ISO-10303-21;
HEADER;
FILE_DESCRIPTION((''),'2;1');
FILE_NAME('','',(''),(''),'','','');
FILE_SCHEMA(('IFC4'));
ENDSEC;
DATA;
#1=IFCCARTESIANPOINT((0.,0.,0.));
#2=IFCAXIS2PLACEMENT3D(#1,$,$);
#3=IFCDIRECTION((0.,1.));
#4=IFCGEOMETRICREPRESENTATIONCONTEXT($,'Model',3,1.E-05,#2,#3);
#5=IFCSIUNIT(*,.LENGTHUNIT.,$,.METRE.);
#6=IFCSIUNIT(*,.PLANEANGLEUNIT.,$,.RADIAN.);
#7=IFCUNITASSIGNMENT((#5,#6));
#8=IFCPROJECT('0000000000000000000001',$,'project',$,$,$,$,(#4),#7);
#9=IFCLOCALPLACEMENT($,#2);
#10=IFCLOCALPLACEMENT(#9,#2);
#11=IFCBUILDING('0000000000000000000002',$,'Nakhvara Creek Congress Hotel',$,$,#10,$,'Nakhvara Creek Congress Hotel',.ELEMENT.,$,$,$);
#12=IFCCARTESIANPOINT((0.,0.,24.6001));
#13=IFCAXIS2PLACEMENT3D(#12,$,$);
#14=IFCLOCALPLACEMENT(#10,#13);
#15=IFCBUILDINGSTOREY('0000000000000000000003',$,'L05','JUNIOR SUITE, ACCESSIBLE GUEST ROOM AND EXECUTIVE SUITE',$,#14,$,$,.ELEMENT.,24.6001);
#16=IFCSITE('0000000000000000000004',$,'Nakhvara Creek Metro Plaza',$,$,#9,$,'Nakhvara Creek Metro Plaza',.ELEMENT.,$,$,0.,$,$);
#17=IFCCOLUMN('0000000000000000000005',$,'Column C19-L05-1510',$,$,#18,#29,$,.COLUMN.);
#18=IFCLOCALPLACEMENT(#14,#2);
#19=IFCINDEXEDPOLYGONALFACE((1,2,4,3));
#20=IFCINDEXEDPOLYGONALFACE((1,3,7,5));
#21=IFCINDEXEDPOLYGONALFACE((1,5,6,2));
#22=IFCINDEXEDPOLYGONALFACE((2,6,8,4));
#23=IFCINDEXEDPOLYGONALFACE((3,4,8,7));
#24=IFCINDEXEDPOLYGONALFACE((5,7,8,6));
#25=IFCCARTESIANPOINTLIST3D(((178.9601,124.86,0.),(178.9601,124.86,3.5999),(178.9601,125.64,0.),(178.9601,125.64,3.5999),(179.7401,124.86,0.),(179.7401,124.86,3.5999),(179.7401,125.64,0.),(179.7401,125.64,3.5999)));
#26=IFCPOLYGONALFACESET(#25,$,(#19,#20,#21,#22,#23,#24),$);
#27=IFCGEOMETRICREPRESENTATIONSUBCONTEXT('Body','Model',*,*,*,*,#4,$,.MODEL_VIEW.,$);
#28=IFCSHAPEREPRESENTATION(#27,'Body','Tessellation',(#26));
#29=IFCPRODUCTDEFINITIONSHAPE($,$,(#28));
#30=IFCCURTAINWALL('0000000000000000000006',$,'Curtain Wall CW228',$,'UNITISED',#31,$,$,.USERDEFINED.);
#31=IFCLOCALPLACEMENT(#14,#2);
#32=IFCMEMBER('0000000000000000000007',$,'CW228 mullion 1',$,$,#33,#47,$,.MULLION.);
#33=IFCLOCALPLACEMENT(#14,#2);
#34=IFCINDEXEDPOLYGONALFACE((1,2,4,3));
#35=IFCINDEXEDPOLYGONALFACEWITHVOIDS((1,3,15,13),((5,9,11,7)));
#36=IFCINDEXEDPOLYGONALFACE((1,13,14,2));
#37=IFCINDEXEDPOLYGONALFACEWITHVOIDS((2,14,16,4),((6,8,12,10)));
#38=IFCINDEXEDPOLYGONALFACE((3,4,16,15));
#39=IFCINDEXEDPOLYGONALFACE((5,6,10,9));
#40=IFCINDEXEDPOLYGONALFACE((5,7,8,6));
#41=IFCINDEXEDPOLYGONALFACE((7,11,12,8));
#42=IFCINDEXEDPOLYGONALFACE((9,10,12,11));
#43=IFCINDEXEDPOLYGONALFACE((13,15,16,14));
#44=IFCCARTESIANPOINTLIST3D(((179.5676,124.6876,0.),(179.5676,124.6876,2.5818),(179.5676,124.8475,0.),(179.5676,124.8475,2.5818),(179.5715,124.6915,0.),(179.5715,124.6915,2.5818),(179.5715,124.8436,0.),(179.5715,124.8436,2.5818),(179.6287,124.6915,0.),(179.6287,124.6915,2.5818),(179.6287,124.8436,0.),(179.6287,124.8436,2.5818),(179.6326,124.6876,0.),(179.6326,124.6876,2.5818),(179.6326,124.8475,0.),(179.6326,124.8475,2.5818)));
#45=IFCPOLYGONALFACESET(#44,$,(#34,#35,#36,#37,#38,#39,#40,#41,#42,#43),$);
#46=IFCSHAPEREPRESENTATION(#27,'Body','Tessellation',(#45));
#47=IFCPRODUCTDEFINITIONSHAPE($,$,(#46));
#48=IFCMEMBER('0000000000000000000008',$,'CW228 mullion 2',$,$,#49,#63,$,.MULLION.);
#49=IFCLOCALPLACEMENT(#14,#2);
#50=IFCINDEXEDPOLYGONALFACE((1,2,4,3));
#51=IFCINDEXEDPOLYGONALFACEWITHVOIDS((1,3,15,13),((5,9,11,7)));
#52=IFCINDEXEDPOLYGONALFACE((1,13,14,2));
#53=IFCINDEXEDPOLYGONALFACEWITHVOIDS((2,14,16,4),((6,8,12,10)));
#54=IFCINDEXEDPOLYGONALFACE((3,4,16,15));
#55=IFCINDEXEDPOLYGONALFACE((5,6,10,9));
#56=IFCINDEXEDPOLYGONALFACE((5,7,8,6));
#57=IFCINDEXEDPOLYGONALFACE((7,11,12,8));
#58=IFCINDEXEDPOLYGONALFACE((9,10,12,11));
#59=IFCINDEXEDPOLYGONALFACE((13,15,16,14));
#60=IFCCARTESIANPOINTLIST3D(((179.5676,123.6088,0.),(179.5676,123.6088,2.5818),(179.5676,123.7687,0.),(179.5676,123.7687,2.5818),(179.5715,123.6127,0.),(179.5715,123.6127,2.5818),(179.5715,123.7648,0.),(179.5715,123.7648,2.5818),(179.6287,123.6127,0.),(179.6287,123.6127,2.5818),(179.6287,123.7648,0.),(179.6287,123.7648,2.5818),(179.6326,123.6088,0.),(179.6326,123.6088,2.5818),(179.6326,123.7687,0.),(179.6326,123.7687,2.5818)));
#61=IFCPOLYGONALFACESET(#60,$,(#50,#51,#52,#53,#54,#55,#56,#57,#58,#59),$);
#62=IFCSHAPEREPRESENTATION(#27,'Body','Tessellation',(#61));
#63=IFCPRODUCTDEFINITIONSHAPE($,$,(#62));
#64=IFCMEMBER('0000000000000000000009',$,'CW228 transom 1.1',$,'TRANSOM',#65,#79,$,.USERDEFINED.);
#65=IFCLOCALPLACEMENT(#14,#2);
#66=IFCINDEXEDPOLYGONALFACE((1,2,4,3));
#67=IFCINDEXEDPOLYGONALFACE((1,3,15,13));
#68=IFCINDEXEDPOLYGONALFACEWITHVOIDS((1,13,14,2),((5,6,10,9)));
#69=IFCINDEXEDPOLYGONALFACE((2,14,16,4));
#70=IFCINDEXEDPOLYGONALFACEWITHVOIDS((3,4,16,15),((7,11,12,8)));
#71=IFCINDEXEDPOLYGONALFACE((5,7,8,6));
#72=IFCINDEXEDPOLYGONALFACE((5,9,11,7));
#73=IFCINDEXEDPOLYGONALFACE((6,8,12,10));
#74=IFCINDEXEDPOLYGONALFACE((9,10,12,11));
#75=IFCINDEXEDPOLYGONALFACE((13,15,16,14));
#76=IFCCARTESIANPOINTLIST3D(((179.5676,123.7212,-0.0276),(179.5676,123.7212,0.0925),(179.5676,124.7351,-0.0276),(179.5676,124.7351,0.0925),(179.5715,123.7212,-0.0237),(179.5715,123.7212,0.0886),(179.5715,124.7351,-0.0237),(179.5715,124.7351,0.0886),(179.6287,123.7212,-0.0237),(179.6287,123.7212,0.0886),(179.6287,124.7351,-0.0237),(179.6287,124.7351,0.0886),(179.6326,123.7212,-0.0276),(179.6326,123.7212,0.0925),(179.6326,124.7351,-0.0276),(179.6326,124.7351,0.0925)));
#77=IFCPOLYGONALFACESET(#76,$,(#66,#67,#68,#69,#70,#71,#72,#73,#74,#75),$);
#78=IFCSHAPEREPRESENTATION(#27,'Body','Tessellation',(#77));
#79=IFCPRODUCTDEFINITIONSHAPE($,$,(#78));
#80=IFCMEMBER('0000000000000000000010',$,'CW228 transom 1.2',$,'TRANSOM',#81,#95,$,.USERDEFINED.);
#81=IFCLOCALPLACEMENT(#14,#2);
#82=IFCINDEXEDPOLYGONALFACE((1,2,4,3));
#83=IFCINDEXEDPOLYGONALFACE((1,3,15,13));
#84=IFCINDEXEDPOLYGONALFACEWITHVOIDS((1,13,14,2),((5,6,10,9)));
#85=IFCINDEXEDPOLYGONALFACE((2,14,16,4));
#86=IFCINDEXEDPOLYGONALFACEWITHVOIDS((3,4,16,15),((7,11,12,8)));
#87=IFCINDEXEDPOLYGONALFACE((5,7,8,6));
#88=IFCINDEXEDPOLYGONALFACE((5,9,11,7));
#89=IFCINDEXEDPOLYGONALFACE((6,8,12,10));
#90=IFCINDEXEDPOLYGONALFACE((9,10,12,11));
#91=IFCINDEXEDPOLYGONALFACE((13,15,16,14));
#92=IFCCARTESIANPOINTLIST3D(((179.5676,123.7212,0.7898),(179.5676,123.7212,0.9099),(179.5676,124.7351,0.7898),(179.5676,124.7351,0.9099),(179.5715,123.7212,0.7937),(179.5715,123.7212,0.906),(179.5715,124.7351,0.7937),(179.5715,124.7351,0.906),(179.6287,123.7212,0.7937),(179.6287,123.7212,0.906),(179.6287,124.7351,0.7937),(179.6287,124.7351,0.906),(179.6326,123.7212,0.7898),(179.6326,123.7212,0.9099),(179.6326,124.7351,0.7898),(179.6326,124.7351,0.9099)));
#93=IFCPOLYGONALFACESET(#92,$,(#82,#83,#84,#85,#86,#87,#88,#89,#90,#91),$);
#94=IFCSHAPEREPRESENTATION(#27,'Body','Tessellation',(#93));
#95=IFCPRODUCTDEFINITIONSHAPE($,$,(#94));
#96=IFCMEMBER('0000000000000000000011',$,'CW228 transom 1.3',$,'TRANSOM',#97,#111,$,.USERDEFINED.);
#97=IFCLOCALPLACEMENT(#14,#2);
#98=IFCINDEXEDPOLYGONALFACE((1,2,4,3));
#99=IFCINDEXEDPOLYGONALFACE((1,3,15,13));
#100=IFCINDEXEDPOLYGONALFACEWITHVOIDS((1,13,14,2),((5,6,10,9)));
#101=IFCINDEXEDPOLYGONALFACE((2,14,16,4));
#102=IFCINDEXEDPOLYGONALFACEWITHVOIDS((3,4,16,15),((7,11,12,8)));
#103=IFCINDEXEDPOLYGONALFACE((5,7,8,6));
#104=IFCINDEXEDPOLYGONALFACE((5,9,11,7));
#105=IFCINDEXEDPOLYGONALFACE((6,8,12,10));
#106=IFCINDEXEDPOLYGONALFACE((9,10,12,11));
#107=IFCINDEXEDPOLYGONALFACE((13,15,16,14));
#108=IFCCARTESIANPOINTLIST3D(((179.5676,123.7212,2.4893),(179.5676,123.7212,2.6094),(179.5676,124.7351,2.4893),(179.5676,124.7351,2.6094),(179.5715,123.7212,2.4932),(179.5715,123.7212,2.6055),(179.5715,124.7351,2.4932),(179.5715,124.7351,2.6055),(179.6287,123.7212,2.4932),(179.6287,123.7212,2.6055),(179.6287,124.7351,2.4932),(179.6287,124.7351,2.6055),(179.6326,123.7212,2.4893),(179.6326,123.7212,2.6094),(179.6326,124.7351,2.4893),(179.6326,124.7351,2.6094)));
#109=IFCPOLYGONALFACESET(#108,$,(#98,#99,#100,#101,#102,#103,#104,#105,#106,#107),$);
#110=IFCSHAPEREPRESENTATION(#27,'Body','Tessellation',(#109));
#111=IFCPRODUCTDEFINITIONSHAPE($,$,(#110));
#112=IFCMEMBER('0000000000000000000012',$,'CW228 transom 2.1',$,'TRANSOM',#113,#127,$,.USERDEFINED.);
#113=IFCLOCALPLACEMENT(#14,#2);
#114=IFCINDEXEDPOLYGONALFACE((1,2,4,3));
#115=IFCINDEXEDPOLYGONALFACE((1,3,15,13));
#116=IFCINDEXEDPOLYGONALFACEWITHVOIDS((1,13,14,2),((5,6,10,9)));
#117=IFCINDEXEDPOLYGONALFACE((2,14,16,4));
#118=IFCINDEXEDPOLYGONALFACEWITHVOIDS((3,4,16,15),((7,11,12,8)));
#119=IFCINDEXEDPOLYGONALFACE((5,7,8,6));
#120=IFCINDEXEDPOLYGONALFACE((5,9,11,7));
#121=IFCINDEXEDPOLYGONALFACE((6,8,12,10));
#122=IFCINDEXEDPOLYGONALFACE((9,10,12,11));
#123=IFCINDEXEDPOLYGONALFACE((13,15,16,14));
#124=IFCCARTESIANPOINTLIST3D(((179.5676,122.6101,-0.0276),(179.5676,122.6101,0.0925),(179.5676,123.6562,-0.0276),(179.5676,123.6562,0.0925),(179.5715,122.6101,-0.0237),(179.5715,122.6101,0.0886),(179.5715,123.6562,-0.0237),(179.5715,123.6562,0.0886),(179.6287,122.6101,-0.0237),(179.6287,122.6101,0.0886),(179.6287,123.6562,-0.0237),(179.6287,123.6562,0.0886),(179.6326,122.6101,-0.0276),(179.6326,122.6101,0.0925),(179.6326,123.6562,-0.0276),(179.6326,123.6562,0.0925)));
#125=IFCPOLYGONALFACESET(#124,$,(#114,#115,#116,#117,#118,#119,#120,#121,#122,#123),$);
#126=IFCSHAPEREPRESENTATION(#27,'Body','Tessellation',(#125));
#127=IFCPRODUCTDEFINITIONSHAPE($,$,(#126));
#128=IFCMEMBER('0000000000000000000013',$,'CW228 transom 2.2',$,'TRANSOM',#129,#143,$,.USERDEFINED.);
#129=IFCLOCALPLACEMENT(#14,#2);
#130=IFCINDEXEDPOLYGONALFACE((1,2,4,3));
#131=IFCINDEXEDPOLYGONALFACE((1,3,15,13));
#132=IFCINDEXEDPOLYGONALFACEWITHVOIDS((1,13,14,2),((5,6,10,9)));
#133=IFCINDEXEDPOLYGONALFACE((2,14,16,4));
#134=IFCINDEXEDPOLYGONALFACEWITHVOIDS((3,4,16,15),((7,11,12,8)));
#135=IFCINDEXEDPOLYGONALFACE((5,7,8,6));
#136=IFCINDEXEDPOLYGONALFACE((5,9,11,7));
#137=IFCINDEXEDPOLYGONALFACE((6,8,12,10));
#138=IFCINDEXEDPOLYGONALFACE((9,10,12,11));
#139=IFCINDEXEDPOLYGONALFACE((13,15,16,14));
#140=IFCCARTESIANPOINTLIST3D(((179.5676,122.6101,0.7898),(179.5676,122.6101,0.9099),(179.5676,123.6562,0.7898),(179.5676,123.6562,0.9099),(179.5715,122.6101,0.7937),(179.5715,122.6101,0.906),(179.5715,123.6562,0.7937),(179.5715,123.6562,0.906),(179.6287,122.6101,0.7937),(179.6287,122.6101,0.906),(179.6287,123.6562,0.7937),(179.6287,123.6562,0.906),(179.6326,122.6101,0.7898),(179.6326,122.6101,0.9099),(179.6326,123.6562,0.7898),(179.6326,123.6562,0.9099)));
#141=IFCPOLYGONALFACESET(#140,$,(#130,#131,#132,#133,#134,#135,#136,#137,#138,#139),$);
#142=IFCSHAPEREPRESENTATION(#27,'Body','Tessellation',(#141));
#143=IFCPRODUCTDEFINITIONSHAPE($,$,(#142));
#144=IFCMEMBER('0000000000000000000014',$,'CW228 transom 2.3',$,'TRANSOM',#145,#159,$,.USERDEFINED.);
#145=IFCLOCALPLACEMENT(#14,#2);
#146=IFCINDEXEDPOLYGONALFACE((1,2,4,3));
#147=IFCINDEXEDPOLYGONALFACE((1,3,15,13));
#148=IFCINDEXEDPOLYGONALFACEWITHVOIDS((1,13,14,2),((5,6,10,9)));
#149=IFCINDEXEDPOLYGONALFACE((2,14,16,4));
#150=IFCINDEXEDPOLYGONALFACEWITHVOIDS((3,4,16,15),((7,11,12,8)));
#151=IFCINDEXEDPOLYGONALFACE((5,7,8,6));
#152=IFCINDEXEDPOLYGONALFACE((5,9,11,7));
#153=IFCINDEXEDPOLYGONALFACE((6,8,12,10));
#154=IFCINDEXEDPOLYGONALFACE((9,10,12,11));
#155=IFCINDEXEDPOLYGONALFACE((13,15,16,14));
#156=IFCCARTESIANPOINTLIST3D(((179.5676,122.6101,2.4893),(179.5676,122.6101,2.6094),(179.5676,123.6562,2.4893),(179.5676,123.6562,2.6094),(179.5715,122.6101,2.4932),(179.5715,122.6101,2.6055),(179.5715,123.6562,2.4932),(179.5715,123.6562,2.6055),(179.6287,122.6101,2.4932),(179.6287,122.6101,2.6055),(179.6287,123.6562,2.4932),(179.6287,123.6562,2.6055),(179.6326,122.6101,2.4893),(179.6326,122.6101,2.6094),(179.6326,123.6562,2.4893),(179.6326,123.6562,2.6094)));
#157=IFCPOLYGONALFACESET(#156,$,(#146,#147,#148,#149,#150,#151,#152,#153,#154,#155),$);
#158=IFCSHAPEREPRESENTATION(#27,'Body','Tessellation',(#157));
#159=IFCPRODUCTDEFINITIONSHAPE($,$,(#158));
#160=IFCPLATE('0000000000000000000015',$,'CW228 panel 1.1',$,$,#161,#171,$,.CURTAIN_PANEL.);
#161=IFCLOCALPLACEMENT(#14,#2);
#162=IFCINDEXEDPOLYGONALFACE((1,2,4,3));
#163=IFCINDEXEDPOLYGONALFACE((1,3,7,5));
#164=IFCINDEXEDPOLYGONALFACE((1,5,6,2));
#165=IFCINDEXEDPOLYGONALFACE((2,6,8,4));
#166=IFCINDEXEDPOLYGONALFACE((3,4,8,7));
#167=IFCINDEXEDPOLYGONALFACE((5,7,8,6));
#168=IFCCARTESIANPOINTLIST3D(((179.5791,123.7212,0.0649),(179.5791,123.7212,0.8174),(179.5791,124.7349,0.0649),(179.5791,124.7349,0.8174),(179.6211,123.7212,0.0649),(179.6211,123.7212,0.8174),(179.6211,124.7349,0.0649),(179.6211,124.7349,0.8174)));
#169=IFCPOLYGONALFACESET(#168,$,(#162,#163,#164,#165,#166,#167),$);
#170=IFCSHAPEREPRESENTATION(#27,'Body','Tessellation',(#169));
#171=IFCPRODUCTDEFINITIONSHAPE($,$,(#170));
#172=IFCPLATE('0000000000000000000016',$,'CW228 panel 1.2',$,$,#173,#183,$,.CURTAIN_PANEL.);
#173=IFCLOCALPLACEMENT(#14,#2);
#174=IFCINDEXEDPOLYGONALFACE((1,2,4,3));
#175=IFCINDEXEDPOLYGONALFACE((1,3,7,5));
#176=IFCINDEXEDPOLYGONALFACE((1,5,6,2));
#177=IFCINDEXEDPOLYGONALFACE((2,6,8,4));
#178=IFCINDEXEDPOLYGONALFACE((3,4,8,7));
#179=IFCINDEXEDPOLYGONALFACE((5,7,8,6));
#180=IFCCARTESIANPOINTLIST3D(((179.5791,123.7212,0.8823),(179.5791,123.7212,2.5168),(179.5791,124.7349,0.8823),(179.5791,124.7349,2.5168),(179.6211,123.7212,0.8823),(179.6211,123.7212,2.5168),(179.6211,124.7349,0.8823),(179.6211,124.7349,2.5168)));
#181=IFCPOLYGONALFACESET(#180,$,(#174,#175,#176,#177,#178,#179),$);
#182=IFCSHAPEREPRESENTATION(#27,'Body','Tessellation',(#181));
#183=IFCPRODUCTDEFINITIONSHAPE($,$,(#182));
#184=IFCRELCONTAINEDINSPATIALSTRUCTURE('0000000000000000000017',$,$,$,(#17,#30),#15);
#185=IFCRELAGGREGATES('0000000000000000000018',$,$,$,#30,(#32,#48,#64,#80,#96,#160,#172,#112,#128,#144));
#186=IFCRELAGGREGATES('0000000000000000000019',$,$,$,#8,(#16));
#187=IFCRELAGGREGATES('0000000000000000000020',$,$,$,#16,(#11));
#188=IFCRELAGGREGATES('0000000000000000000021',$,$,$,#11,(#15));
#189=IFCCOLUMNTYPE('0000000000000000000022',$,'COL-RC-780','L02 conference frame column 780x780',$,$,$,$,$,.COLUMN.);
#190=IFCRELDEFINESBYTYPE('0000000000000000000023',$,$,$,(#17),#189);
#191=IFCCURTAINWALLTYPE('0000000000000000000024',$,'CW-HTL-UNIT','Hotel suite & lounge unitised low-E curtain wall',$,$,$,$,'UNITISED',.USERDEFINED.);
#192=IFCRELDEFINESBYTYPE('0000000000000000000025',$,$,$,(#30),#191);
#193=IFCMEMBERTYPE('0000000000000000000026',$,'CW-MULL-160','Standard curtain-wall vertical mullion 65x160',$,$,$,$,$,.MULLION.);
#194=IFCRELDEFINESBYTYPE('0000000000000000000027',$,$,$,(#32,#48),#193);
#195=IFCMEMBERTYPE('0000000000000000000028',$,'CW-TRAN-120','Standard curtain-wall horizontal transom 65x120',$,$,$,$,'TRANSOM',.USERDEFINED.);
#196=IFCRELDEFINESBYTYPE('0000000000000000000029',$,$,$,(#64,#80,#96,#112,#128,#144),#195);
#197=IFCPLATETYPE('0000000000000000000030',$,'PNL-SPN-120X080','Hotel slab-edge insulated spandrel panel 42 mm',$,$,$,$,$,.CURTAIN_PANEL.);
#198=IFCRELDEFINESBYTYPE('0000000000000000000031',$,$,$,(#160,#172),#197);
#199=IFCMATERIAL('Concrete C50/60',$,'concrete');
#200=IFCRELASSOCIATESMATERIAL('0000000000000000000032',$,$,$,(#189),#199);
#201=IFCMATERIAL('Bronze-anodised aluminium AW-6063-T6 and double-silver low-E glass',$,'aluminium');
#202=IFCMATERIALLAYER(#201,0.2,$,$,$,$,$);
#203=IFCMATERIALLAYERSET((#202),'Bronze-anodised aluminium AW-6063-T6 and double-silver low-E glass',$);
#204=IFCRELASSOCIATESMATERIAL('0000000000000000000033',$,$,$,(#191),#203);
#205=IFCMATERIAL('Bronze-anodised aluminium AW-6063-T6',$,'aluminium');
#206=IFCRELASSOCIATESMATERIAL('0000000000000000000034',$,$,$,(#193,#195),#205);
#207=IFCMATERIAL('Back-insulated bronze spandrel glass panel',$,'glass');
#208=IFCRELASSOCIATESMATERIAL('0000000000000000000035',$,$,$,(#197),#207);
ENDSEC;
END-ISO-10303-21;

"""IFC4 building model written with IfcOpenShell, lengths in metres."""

from ifc_helpers import new_model, si_unit, direction, frame, origin, origin_2d, place, context, subcontext, project, spatial, rectangle, hollow_rectangle, extrude, material, layer, layer_set, material_profile, profile_set, type_object, element, aggregate, save


model = new_model("IFC4")

# Units and contexts
model_context = context("Model", 3, precision=1e-05, world=origin(), true_north=direction((0.0, 1.0)))
body_context = subcontext(model_context, "Body", "Model", "MODEL_VIEW")
ifc_project = project(units=[si_unit("LENGTHUNIT", "METRE"), si_unit("PLANEANGLEUNIT", "RADIAN")], contexts=[model_context])

# Site, building, storey
site_placement = place(None, origin())
site = spatial("IfcSite", under=ifc_project, at=site_placement, Name="Nakhvara Creek Metro Plaza", LongName="Nakhvara Creek Metro Plaza", CompositionType="ELEMENT", RefElevation=0.0)
building_placement = place(site_placement, origin())
building = spatial("IfcBuilding", under=site, at=building_placement, Name="Nakhvara Creek Congress Hotel", LongName="Nakhvara Creek Congress Hotel", CompositionType="ELEMENT")
storey_placement = place(building_placement, frame((0.0, 0.0, 24.6001)))
storey = spatial("IfcBuildingStorey", under=building, at=storey_placement, Name="L05", Description="JUNIOR SUITE, ACCESSIBLE GUEST ROOM AND EXECUTIVE SUITE", CompositionType="ELEMENT", Elevation=24.6001)

# Column
ifc_material_1 = material(Name="Concrete C50/60", Category="concrete")
ifc_material_profile_1 = material_profile(ifc_material_1, rectangle(XDim=0.78, YDim=0.78, at=origin_2d()), Name="RC-COL 780x780", Category="LoadBearing")
ifc_profile_set_1 = profile_set([ifc_material_profile_1], Name="Concrete C50/60")
column_type = type_object("IfcColumnType", Name="COL-RC-780", Description="L02 conference frame column 780x780", PredefinedType="COLUMN", material=ifc_profile_set_1)
column_placement = place(storey_placement, frame((179.3501, 125.25, 0.0), z_axis=(0.0, 0.0, 1.0), x_axis=(1.0, 0.0, 0.0)))
element("IfcColumn", 1, at=column_placement, inside=storey, type_object=column_type, Name="Column C19-L05-1510", PredefinedType="COLUMN", context=body_context, shape_type="SweptSolid", body=[
    extrude(rectangle(XDim=0.78, YDim=0.78, at=origin_2d()), origin(), (0.0, 0.0, 1.0), 3.5999),
])

# Curtain wall, members, plates
ifc_material_2 = material(Name="Bronze-anodised aluminium AW-6063-T6 and double-silver low-E glass", Category="aluminium")
ifc_layer_1 = layer(ifc_material_2, 0.2)
ifc_layer_set_1 = layer_set([ifc_layer_1], Name="Bronze-anodised aluminium AW-6063-T6 and double-silver low-E glass")
curtain_wall_type = type_object("IfcCurtainWallType", Name="CW-HTL-UNIT", Description="Hotel suite & lounge unitised low-E curtain wall", ElementType="UNITISED", PredefinedType="USERDEFINED", material=ifc_layer_set_1)
curtain_wall_placement = place(storey_placement, origin())
curtain_wall = element("IfcCurtainWall", 2, at=curtain_wall_placement, inside=storey, type_object=curtain_wall_type, Name="Curtain Wall CW228", ObjectType="UNITISED", PredefinedType="USERDEFINED")
ifc_material_3 = material(Name="Bronze-anodised aluminium AW-6063-T6", Category="aluminium")
ifc_material_profile_2 = material_profile(ifc_material_3, hollow_rectangle(XDim=0.0649, YDim=0.1599, WallThickness=0.0039, at=origin_2d()), Name="ALU-MULL 65x160x4", Category="LoadBearing")
ifc_profile_set_2 = profile_set([ifc_material_profile_2], Name="Bronze-anodised aluminium AW-6063-T6")
member_type_1 = type_object("IfcMemberType", Name="CW-MULL-160", Description="Standard curtain-wall vertical mullion 65x160", PredefinedType="MULLION", material=ifc_profile_set_2)
member_1_placement = place(storey_placement, frame((179.6001, 124.7676, 0.0), z_axis=(0.0, 0.0, 1.0), x_axis=(1.0, 0.0, 0.0)))
member_1 = element("IfcMember", 3, at=member_1_placement, type_object=member_type_1, Name="CW228 mullion 1", PredefinedType="MULLION", context=body_context, shape_type="SweptSolid", body=[
    extrude(hollow_rectangle(XDim=0.0649, YDim=0.1599, WallThickness=0.0039, at=origin_2d()), origin(), (0.0, 0.0, 1.0), 2.5818),
])
member_2_placement = place(storey_placement, frame((179.6001, 123.6887, 0.0), z_axis=(0.0, 0.0, 1.0), x_axis=(1.0, 0.0, 0.0)))
member_2 = element("IfcMember", 4, at=member_2_placement, type_object=member_type_1, Name="CW228 mullion 2", PredefinedType="MULLION", context=body_context, shape_type="SweptSolid", body=[
    extrude(hollow_rectangle(XDim=0.0649, YDim=0.1599, WallThickness=0.0039, at=origin_2d()), origin(), (0.0, 0.0, 1.0), 2.5818),
])
ifc_material_profile_3 = material_profile(ifc_material_3, hollow_rectangle(XDim=0.0649, YDim=0.1201, WallThickness=0.0039, at=origin_2d()), Name="ALU-TRAN 65x120x4", Category="LoadBearing")
ifc_profile_set_3 = profile_set([ifc_material_profile_3], Name="Bronze-anodised aluminium AW-6063-T6")
member_type_2 = type_object("IfcMemberType", Name="CW-TRAN-120", Description="Standard curtain-wall horizontal transom 65x120", ElementType="TRANSOM", PredefinedType="USERDEFINED", material=ifc_profile_set_3)
member_3_placement = place(storey_placement, frame((179.6001, 124.7351, 0.0325), z_axis=(0.0, -1.0, 0.0), x_axis=(1.0, 0.0, 0.0)))
member_3 = element("IfcMember", 5, at=member_3_placement, type_object=member_type_2, Name="CW228 transom 1.1", ObjectType="TRANSOM", PredefinedType="USERDEFINED", context=body_context, shape_type="SweptSolid", body=[
    extrude(hollow_rectangle(XDim=0.0649, YDim=0.1201, WallThickness=0.0039, at=origin_2d()), origin(), (0.0, 0.0, 1.0), 1.0139),
])
member_4_placement = place(storey_placement, frame((179.6001, 124.7351, 0.8499), z_axis=(0.0, -1.0, 0.0), x_axis=(1.0, 0.0, 0.0)))
member_4 = element("IfcMember", 6, at=member_4_placement, type_object=member_type_2, Name="CW228 transom 1.2", ObjectType="TRANSOM", PredefinedType="USERDEFINED", context=body_context, shape_type="SweptSolid", body=[
    extrude(hollow_rectangle(XDim=0.0649, YDim=0.1201, WallThickness=0.0039, at=origin_2d()), origin(), (0.0, 0.0, 1.0), 1.0139),
])
member_5_placement = place(storey_placement, frame((179.6001, 124.7351, 2.5493), z_axis=(0.0, -1.0, 0.0), x_axis=(1.0, 0.0, 0.0)))
member_5 = element("IfcMember", 7, at=member_5_placement, type_object=member_type_2, Name="CW228 transom 1.3", ObjectType="TRANSOM", PredefinedType="USERDEFINED", context=body_context, shape_type="SweptSolid", body=[
    extrude(hollow_rectangle(XDim=0.0649, YDim=0.1201, WallThickness=0.0039, at=origin_2d()), origin(), (0.0, 0.0, 1.0), 1.0139),
])
member_6_placement = place(storey_placement, frame((179.6001, 123.6562, 0.0325), z_axis=(0.0, -1.0, 0.0), x_axis=(1.0, 0.0, 0.0)))
member_6 = element("IfcMember", 8, at=member_6_placement, type_object=member_type_2, Name="CW228 transom 2.1", ObjectType="TRANSOM", PredefinedType="USERDEFINED", context=body_context, shape_type="SweptSolid", body=[
    extrude(hollow_rectangle(XDim=0.0649, YDim=0.1201, WallThickness=0.0039, at=origin_2d()), origin(), (0.0, 0.0, 1.0), 1.0461),
])
member_7_placement = place(storey_placement, frame((179.6001, 123.6562, 0.8499), z_axis=(0.0, -1.0, 0.0), x_axis=(1.0, 0.0, 0.0)))
member_7 = element("IfcMember", 9, at=member_7_placement, type_object=member_type_2, Name="CW228 transom 2.2", ObjectType="TRANSOM", PredefinedType="USERDEFINED", context=body_context, shape_type="SweptSolid", body=[
    extrude(hollow_rectangle(XDim=0.0649, YDim=0.1201, WallThickness=0.0039, at=origin_2d()), origin(), (0.0, 0.0, 1.0), 1.0461),
])
member_8_placement = place(storey_placement, frame((179.6001, 123.6562, 2.5493), z_axis=(0.0, -1.0, 0.0), x_axis=(1.0, 0.0, 0.0)))
member_8 = element("IfcMember", 10, at=member_8_placement, type_object=member_type_2, Name="CW228 transom 2.3", ObjectType="TRANSOM", PredefinedType="USERDEFINED", context=body_context, shape_type="SweptSolid", body=[
    extrude(hollow_rectangle(XDim=0.0649, YDim=0.1201, WallThickness=0.0039, at=origin_2d()), origin(), (0.0, 0.0, 1.0), 1.0461),
])
ifc_material_4 = material(Name="Back-insulated bronze spandrel glass panel", Category="glass")
plate_type = type_object("IfcPlateType", Name="PNL-SPN-120X080", Description="Hotel slab-edge insulated spandrel panel 42 mm", PredefinedType="CURTAIN_PANEL", material=ifc_material_4)
plate_1_placement = place(storey_placement, frame((179.6001, 124.228, 0.0649), z_axis=(0.0, 0.0, 1.0), x_axis=(0.0, -1.0, 0.0)))
plate_1 = element("IfcPlate", 11, at=plate_1_placement, type_object=plate_type, Name="CW228 panel 1.1", PredefinedType="CURTAIN_PANEL", context=body_context, shape_type="SweptSolid", body=[
    extrude(rectangle(XDim=1.0137, YDim=0.042, at=origin_2d()), origin(), (0.0, 0.0, 1.0), 0.7524),
])
plate_2_placement = place(storey_placement, frame((179.6001, 124.228, 0.8823), z_axis=(0.0, 0.0, 1.0), x_axis=(0.0, -1.0, 0.0)))
plate_2 = element("IfcPlate", 12, at=plate_2_placement, type_object=plate_type, Name="CW228 panel 1.2", PredefinedType="CURTAIN_PANEL", context=body_context, shape_type="SweptSolid", body=[
    extrude(rectangle(XDim=1.0137, YDim=0.042, at=origin_2d()), origin(), (0.0, 0.0, 1.0), 1.6345),
])
aggregate(curtain_wall, [member_1, member_2, member_3, member_4, member_5, plate_1, plate_2, member_6, member_7, member_8])

save(model, "model.ifc")
